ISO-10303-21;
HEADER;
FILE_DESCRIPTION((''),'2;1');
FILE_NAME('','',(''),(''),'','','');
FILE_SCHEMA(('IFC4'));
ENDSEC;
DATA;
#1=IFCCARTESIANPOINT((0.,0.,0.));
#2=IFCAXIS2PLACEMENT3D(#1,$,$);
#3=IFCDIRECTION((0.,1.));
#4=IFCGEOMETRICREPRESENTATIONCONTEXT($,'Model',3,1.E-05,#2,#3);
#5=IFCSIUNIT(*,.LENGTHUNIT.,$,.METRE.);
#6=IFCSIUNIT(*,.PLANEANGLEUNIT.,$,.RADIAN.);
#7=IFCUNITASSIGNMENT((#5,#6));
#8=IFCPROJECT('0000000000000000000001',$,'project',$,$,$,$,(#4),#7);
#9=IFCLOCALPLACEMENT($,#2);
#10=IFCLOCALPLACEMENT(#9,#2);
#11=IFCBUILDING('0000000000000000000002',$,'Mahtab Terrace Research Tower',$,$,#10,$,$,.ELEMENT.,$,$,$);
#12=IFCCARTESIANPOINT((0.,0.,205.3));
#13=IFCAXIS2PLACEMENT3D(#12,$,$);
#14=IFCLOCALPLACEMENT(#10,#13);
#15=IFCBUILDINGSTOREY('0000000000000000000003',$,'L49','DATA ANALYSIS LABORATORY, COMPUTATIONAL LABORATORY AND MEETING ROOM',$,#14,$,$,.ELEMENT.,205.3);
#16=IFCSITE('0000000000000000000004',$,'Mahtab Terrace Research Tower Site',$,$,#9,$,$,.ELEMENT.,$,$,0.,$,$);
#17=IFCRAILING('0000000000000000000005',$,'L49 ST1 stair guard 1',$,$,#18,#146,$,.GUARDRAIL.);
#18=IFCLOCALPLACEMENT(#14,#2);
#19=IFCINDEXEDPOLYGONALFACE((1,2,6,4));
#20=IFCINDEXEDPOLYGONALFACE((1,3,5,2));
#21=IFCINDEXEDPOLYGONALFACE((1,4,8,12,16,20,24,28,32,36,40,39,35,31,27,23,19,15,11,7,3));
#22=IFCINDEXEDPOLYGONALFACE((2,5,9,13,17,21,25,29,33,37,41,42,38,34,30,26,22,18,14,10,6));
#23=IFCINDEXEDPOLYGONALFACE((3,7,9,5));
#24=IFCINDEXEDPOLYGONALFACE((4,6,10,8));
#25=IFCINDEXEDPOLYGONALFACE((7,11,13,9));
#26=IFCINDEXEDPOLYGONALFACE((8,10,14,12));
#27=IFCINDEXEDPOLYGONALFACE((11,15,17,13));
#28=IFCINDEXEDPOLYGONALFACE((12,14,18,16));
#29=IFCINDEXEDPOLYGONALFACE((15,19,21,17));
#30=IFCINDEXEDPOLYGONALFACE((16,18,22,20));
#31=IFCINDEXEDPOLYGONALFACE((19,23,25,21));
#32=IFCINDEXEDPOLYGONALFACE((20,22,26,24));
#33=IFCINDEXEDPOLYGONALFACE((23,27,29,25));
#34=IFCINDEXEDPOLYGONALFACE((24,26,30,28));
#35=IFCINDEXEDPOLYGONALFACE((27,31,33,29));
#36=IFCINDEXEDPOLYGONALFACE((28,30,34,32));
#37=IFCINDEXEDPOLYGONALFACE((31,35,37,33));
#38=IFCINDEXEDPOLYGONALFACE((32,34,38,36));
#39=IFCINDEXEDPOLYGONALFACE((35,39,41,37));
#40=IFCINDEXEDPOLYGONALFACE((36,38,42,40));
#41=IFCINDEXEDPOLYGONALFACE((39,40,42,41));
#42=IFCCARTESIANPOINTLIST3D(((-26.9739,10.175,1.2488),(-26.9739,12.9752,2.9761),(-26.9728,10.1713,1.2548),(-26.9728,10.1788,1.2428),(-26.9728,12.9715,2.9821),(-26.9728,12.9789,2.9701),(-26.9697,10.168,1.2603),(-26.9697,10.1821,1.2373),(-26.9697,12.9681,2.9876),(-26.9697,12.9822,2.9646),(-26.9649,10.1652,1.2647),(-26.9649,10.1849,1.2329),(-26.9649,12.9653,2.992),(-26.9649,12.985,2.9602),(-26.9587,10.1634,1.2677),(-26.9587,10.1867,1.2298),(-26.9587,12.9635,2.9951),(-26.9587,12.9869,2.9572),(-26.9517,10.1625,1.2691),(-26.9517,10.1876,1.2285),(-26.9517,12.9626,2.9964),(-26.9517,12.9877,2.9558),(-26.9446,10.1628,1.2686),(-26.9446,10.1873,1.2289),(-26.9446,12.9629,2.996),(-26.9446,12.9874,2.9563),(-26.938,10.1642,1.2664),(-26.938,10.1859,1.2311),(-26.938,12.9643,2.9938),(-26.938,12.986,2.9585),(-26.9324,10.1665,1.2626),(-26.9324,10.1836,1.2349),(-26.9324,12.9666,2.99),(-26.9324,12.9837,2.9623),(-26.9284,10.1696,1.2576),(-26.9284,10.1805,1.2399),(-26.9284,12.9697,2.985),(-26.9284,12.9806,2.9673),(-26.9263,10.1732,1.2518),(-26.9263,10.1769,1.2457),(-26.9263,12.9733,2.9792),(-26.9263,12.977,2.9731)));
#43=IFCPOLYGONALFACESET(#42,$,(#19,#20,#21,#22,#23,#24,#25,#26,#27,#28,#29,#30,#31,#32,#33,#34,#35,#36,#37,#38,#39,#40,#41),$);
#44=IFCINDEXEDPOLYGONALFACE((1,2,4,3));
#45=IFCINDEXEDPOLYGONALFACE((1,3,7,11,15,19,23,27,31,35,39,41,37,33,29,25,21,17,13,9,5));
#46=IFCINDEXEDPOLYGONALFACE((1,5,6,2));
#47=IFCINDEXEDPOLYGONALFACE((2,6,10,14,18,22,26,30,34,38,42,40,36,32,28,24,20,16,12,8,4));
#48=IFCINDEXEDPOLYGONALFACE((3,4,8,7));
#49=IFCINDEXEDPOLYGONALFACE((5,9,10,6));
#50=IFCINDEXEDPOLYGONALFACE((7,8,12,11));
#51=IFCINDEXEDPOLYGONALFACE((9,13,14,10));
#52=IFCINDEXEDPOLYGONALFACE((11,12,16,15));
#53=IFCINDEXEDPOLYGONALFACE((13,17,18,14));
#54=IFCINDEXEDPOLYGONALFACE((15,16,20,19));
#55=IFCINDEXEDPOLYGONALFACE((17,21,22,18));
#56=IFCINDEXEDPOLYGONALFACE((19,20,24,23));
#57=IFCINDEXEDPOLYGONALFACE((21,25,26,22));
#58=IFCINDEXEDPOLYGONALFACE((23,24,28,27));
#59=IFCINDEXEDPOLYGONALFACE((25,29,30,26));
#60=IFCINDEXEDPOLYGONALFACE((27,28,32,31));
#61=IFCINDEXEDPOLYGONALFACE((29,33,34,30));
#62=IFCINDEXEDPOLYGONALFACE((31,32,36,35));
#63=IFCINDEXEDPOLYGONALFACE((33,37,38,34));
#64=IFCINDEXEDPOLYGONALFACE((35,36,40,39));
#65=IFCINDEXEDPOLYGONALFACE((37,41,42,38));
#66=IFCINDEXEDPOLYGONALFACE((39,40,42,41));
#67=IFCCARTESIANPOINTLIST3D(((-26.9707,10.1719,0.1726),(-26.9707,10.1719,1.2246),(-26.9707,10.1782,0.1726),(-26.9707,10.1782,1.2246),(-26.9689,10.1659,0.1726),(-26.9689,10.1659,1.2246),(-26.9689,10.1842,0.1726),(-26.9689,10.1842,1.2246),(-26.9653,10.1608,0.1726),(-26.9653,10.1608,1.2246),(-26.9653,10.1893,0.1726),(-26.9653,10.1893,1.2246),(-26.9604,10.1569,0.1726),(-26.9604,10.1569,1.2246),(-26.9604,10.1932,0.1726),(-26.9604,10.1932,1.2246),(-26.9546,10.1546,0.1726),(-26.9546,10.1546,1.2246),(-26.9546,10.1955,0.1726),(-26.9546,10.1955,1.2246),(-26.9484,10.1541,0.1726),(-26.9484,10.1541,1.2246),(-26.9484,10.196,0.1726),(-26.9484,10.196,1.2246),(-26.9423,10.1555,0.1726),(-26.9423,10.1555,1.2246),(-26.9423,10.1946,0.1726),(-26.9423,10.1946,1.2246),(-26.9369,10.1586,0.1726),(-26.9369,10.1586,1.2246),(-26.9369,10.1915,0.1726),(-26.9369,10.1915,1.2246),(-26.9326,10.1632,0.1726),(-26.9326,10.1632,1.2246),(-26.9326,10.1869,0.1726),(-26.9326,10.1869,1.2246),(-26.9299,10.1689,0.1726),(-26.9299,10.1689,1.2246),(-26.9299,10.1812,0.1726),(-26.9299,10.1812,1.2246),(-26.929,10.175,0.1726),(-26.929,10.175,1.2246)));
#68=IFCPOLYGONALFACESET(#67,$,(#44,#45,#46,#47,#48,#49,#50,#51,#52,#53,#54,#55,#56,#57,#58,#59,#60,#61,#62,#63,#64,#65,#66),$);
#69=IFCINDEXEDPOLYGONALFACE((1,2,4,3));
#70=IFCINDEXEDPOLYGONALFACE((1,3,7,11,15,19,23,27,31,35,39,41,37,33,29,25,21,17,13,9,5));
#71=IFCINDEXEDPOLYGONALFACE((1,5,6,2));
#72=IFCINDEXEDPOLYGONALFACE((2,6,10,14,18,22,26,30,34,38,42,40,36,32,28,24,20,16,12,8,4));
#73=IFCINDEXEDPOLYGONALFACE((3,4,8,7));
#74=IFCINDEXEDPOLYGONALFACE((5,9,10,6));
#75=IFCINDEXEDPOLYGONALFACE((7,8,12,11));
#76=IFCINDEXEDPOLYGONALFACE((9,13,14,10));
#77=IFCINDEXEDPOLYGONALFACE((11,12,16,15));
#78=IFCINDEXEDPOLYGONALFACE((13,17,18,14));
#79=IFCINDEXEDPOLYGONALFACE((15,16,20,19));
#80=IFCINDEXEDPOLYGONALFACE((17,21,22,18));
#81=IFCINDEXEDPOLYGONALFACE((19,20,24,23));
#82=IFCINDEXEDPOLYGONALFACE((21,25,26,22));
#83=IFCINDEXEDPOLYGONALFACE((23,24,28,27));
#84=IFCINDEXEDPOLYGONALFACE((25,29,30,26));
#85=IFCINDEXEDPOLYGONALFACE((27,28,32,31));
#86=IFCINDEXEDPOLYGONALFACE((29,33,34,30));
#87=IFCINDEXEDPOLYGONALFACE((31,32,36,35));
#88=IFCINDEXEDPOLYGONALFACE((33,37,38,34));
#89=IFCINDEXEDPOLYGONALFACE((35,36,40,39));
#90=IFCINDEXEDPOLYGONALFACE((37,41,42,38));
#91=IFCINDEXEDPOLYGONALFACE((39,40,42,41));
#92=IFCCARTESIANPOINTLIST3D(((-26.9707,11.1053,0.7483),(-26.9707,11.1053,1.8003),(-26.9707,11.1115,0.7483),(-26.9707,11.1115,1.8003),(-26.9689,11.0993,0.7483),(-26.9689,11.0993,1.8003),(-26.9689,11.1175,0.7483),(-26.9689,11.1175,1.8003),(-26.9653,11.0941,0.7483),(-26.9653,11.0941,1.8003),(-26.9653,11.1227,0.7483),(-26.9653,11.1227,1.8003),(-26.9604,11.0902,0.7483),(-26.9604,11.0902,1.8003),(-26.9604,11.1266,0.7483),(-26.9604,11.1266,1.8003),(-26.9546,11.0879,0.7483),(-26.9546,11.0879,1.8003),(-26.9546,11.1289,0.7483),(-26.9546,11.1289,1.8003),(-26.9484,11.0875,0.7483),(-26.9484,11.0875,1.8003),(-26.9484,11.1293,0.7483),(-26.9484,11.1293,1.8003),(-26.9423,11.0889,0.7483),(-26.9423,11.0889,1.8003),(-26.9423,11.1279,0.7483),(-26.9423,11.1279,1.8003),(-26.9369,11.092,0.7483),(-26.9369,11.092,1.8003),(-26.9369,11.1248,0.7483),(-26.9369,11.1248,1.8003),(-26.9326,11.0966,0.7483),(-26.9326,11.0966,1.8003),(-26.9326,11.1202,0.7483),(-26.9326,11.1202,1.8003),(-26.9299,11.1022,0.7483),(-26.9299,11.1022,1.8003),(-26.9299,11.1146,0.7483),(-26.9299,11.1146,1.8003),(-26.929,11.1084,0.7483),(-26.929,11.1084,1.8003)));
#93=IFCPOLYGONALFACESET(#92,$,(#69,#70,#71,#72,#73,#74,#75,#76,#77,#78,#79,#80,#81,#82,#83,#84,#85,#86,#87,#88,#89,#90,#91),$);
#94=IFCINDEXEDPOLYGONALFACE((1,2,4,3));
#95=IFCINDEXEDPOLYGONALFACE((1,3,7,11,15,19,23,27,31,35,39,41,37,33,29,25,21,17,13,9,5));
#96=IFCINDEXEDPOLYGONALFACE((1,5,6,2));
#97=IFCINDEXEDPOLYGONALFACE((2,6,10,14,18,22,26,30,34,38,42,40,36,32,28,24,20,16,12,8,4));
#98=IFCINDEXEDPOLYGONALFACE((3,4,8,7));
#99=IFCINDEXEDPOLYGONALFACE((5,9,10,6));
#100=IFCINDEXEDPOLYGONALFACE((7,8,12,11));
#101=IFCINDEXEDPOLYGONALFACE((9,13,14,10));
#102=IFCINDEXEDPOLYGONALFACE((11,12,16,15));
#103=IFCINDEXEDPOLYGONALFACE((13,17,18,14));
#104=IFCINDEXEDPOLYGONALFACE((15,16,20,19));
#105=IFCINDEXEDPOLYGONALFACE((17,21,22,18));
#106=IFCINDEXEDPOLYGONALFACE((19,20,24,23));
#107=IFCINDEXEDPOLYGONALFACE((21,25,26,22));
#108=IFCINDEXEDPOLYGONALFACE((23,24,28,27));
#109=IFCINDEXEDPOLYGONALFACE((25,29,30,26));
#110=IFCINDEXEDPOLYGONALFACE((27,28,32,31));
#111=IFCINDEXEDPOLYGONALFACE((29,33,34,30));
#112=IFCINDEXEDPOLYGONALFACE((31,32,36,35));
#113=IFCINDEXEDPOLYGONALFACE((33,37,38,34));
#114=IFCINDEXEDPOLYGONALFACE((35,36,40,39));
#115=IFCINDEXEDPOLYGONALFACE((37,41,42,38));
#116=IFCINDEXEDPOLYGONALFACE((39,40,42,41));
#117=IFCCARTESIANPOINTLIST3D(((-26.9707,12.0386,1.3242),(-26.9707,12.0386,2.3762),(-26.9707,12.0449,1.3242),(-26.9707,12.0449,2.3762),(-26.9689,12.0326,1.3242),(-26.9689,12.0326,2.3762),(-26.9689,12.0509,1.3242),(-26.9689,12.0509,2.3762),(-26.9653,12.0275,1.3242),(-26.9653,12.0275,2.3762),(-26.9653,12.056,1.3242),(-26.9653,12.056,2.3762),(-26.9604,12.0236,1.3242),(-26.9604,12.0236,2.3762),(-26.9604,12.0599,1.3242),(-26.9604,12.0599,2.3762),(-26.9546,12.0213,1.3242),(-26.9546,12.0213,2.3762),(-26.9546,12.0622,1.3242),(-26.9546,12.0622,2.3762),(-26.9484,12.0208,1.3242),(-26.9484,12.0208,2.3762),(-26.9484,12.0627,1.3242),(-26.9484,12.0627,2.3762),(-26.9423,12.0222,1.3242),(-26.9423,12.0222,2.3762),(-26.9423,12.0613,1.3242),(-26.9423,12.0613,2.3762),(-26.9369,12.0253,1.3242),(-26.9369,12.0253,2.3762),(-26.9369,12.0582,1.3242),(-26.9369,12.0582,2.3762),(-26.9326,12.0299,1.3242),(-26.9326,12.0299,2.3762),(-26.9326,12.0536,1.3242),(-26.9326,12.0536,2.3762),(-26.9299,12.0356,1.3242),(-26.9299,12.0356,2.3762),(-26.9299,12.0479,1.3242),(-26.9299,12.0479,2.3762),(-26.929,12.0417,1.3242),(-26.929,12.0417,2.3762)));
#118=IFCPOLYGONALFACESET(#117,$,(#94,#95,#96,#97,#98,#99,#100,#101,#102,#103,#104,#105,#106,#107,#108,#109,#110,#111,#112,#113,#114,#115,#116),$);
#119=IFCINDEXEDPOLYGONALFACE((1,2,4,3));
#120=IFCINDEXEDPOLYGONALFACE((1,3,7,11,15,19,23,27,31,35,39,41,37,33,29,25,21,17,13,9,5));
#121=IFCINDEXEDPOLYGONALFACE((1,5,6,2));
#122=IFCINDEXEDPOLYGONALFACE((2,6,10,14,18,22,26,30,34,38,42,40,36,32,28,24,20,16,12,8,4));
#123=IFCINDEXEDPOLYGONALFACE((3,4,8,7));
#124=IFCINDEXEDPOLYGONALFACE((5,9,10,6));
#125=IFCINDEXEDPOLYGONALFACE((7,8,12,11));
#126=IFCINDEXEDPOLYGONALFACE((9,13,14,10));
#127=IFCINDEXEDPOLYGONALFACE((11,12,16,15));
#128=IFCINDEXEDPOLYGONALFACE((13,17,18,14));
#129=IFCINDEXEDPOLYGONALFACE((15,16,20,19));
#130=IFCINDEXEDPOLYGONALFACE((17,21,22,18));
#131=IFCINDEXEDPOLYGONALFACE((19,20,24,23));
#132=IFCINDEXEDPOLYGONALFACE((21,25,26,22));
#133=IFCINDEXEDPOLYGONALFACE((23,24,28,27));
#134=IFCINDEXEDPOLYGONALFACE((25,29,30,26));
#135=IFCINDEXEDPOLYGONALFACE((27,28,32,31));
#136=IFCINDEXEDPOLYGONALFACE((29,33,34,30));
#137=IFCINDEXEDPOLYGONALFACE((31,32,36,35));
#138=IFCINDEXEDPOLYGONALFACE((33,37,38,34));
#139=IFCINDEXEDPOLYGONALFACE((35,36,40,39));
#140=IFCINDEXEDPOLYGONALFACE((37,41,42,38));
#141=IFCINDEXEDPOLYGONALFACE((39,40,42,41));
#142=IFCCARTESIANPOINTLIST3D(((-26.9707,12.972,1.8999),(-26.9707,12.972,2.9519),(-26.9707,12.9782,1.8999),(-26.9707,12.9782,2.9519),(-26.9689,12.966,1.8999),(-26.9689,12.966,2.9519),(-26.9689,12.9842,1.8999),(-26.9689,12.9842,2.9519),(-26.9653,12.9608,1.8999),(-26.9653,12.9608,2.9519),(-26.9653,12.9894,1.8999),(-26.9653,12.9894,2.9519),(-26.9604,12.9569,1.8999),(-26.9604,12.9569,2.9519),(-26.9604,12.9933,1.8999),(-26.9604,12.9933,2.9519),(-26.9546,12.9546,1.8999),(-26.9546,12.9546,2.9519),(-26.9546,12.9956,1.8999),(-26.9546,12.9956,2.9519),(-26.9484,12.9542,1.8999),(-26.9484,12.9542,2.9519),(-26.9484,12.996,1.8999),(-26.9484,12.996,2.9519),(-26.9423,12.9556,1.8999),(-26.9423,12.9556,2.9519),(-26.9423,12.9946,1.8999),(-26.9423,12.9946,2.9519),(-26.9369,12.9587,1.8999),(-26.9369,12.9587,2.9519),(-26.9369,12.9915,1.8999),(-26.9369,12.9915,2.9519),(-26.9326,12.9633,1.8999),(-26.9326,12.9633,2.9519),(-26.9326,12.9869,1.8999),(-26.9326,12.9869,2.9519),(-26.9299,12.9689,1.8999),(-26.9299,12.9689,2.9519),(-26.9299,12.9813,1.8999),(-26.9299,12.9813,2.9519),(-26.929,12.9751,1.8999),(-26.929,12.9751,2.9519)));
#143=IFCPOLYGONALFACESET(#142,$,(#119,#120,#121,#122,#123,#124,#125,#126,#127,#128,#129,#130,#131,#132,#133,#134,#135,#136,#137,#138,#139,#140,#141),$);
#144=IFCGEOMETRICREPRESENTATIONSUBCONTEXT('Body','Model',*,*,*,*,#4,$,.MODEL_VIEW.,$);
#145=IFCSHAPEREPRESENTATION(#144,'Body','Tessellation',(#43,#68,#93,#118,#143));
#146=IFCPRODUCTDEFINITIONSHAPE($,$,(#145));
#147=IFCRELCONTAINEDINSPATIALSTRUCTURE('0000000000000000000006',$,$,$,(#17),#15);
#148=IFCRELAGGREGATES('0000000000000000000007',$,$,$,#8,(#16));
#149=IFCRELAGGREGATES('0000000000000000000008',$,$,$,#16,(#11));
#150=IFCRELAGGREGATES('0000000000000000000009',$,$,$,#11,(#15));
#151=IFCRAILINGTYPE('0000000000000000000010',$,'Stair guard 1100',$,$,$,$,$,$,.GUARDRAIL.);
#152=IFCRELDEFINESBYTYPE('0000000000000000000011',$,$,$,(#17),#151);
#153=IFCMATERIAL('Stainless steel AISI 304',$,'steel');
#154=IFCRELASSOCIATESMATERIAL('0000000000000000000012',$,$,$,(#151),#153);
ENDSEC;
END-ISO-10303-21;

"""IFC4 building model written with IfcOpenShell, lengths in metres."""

from ifc_helpers import new_model, si_unit, direction, frame, origin, origin_2d, place, context, subcontext, project, spatial, circle, extrude, material, type_object, element, save


model = new_model("IFC4")

# Units and contexts
model_context = context("Model", 3, precision=1e-05, world=origin(), true_north=direction((0.0, 1.0)))
body_context = subcontext(model_context, "Body", "Model", "MODEL_VIEW")
ifc_project = project(units=[si_unit("LENGTHUNIT", "METRE"), si_unit("PLANEANGLEUNIT", "RADIAN")], contexts=[model_context])

# Site, building, storey
site_placement = place(None, origin())
site = spatial("IfcSite", under=ifc_project, at=site_placement, Name="Mahtab Terrace Research Tower Site", CompositionType="ELEMENT", RefElevation=0.0)
building_placement = place(site_placement, origin())
building = spatial("IfcBuilding", under=site, at=building_placement, Name="Mahtab Terrace Research Tower", CompositionType="ELEMENT")
storey_placement = place(building_placement, frame((0.0, 0.0, 205.3)))
storey = spatial("IfcBuildingStorey", under=building, at=storey_placement, Name="L49", Description="DATA ANALYSIS LABORATORY, COMPUTATIONAL LABORATORY AND MEETING ROOM", CompositionType="ELEMENT", Elevation=205.3)

# Railing
ifc_material_1 = material(Name="Stainless steel AISI 304", Category="steel")
railing_type_1 = type_object("IfcRailingType", Name="Stair guard 1100", PredefinedType="GUARDRAIL", material=ifc_material_1)
railing_1_placement = place(storey_placement, frame((-26.95, 10.175, 0.1726)))
element("IfcRailing", 1, at=railing_1_placement, inside=storey, type_object=railing_type_1, Name="L49 ST1 stair guard 1", PredefinedType="GUARDRAIL", context=body_context, shape_type="SweptSolid", body=[
    extrude(circle(Radius=0.0239, at=origin_2d()), frame((0.0, 0.0, 1.0762), z_axis=(0.0, 0.85109, 0.52502), x_axis=(-1.0, 0.0, 0.0)), (0.0, 0.0, 1.0), 3.29),
    extrude(circle(Radius=0.021, at=origin_2d()), origin(), (0.0, 0.0, 1.0), 1.052),
    extrude(circle(Radius=0.021, at=origin_2d()), frame((0.0, 0.9333, 0.5757)), (0.0, 0.0, 1.0), 1.052),
    extrude(circle(Radius=0.021, at=origin_2d()), frame((0.0, 1.8667, 1.1516)), (0.0, 0.0, 1.0), 1.052),
    extrude(circle(Radius=0.021, at=origin_2d()), frame((0.0, 2.8, 1.7273)), (0.0, 0.0, 1.0), 1.052),
])

save(model, "model.ifc")
